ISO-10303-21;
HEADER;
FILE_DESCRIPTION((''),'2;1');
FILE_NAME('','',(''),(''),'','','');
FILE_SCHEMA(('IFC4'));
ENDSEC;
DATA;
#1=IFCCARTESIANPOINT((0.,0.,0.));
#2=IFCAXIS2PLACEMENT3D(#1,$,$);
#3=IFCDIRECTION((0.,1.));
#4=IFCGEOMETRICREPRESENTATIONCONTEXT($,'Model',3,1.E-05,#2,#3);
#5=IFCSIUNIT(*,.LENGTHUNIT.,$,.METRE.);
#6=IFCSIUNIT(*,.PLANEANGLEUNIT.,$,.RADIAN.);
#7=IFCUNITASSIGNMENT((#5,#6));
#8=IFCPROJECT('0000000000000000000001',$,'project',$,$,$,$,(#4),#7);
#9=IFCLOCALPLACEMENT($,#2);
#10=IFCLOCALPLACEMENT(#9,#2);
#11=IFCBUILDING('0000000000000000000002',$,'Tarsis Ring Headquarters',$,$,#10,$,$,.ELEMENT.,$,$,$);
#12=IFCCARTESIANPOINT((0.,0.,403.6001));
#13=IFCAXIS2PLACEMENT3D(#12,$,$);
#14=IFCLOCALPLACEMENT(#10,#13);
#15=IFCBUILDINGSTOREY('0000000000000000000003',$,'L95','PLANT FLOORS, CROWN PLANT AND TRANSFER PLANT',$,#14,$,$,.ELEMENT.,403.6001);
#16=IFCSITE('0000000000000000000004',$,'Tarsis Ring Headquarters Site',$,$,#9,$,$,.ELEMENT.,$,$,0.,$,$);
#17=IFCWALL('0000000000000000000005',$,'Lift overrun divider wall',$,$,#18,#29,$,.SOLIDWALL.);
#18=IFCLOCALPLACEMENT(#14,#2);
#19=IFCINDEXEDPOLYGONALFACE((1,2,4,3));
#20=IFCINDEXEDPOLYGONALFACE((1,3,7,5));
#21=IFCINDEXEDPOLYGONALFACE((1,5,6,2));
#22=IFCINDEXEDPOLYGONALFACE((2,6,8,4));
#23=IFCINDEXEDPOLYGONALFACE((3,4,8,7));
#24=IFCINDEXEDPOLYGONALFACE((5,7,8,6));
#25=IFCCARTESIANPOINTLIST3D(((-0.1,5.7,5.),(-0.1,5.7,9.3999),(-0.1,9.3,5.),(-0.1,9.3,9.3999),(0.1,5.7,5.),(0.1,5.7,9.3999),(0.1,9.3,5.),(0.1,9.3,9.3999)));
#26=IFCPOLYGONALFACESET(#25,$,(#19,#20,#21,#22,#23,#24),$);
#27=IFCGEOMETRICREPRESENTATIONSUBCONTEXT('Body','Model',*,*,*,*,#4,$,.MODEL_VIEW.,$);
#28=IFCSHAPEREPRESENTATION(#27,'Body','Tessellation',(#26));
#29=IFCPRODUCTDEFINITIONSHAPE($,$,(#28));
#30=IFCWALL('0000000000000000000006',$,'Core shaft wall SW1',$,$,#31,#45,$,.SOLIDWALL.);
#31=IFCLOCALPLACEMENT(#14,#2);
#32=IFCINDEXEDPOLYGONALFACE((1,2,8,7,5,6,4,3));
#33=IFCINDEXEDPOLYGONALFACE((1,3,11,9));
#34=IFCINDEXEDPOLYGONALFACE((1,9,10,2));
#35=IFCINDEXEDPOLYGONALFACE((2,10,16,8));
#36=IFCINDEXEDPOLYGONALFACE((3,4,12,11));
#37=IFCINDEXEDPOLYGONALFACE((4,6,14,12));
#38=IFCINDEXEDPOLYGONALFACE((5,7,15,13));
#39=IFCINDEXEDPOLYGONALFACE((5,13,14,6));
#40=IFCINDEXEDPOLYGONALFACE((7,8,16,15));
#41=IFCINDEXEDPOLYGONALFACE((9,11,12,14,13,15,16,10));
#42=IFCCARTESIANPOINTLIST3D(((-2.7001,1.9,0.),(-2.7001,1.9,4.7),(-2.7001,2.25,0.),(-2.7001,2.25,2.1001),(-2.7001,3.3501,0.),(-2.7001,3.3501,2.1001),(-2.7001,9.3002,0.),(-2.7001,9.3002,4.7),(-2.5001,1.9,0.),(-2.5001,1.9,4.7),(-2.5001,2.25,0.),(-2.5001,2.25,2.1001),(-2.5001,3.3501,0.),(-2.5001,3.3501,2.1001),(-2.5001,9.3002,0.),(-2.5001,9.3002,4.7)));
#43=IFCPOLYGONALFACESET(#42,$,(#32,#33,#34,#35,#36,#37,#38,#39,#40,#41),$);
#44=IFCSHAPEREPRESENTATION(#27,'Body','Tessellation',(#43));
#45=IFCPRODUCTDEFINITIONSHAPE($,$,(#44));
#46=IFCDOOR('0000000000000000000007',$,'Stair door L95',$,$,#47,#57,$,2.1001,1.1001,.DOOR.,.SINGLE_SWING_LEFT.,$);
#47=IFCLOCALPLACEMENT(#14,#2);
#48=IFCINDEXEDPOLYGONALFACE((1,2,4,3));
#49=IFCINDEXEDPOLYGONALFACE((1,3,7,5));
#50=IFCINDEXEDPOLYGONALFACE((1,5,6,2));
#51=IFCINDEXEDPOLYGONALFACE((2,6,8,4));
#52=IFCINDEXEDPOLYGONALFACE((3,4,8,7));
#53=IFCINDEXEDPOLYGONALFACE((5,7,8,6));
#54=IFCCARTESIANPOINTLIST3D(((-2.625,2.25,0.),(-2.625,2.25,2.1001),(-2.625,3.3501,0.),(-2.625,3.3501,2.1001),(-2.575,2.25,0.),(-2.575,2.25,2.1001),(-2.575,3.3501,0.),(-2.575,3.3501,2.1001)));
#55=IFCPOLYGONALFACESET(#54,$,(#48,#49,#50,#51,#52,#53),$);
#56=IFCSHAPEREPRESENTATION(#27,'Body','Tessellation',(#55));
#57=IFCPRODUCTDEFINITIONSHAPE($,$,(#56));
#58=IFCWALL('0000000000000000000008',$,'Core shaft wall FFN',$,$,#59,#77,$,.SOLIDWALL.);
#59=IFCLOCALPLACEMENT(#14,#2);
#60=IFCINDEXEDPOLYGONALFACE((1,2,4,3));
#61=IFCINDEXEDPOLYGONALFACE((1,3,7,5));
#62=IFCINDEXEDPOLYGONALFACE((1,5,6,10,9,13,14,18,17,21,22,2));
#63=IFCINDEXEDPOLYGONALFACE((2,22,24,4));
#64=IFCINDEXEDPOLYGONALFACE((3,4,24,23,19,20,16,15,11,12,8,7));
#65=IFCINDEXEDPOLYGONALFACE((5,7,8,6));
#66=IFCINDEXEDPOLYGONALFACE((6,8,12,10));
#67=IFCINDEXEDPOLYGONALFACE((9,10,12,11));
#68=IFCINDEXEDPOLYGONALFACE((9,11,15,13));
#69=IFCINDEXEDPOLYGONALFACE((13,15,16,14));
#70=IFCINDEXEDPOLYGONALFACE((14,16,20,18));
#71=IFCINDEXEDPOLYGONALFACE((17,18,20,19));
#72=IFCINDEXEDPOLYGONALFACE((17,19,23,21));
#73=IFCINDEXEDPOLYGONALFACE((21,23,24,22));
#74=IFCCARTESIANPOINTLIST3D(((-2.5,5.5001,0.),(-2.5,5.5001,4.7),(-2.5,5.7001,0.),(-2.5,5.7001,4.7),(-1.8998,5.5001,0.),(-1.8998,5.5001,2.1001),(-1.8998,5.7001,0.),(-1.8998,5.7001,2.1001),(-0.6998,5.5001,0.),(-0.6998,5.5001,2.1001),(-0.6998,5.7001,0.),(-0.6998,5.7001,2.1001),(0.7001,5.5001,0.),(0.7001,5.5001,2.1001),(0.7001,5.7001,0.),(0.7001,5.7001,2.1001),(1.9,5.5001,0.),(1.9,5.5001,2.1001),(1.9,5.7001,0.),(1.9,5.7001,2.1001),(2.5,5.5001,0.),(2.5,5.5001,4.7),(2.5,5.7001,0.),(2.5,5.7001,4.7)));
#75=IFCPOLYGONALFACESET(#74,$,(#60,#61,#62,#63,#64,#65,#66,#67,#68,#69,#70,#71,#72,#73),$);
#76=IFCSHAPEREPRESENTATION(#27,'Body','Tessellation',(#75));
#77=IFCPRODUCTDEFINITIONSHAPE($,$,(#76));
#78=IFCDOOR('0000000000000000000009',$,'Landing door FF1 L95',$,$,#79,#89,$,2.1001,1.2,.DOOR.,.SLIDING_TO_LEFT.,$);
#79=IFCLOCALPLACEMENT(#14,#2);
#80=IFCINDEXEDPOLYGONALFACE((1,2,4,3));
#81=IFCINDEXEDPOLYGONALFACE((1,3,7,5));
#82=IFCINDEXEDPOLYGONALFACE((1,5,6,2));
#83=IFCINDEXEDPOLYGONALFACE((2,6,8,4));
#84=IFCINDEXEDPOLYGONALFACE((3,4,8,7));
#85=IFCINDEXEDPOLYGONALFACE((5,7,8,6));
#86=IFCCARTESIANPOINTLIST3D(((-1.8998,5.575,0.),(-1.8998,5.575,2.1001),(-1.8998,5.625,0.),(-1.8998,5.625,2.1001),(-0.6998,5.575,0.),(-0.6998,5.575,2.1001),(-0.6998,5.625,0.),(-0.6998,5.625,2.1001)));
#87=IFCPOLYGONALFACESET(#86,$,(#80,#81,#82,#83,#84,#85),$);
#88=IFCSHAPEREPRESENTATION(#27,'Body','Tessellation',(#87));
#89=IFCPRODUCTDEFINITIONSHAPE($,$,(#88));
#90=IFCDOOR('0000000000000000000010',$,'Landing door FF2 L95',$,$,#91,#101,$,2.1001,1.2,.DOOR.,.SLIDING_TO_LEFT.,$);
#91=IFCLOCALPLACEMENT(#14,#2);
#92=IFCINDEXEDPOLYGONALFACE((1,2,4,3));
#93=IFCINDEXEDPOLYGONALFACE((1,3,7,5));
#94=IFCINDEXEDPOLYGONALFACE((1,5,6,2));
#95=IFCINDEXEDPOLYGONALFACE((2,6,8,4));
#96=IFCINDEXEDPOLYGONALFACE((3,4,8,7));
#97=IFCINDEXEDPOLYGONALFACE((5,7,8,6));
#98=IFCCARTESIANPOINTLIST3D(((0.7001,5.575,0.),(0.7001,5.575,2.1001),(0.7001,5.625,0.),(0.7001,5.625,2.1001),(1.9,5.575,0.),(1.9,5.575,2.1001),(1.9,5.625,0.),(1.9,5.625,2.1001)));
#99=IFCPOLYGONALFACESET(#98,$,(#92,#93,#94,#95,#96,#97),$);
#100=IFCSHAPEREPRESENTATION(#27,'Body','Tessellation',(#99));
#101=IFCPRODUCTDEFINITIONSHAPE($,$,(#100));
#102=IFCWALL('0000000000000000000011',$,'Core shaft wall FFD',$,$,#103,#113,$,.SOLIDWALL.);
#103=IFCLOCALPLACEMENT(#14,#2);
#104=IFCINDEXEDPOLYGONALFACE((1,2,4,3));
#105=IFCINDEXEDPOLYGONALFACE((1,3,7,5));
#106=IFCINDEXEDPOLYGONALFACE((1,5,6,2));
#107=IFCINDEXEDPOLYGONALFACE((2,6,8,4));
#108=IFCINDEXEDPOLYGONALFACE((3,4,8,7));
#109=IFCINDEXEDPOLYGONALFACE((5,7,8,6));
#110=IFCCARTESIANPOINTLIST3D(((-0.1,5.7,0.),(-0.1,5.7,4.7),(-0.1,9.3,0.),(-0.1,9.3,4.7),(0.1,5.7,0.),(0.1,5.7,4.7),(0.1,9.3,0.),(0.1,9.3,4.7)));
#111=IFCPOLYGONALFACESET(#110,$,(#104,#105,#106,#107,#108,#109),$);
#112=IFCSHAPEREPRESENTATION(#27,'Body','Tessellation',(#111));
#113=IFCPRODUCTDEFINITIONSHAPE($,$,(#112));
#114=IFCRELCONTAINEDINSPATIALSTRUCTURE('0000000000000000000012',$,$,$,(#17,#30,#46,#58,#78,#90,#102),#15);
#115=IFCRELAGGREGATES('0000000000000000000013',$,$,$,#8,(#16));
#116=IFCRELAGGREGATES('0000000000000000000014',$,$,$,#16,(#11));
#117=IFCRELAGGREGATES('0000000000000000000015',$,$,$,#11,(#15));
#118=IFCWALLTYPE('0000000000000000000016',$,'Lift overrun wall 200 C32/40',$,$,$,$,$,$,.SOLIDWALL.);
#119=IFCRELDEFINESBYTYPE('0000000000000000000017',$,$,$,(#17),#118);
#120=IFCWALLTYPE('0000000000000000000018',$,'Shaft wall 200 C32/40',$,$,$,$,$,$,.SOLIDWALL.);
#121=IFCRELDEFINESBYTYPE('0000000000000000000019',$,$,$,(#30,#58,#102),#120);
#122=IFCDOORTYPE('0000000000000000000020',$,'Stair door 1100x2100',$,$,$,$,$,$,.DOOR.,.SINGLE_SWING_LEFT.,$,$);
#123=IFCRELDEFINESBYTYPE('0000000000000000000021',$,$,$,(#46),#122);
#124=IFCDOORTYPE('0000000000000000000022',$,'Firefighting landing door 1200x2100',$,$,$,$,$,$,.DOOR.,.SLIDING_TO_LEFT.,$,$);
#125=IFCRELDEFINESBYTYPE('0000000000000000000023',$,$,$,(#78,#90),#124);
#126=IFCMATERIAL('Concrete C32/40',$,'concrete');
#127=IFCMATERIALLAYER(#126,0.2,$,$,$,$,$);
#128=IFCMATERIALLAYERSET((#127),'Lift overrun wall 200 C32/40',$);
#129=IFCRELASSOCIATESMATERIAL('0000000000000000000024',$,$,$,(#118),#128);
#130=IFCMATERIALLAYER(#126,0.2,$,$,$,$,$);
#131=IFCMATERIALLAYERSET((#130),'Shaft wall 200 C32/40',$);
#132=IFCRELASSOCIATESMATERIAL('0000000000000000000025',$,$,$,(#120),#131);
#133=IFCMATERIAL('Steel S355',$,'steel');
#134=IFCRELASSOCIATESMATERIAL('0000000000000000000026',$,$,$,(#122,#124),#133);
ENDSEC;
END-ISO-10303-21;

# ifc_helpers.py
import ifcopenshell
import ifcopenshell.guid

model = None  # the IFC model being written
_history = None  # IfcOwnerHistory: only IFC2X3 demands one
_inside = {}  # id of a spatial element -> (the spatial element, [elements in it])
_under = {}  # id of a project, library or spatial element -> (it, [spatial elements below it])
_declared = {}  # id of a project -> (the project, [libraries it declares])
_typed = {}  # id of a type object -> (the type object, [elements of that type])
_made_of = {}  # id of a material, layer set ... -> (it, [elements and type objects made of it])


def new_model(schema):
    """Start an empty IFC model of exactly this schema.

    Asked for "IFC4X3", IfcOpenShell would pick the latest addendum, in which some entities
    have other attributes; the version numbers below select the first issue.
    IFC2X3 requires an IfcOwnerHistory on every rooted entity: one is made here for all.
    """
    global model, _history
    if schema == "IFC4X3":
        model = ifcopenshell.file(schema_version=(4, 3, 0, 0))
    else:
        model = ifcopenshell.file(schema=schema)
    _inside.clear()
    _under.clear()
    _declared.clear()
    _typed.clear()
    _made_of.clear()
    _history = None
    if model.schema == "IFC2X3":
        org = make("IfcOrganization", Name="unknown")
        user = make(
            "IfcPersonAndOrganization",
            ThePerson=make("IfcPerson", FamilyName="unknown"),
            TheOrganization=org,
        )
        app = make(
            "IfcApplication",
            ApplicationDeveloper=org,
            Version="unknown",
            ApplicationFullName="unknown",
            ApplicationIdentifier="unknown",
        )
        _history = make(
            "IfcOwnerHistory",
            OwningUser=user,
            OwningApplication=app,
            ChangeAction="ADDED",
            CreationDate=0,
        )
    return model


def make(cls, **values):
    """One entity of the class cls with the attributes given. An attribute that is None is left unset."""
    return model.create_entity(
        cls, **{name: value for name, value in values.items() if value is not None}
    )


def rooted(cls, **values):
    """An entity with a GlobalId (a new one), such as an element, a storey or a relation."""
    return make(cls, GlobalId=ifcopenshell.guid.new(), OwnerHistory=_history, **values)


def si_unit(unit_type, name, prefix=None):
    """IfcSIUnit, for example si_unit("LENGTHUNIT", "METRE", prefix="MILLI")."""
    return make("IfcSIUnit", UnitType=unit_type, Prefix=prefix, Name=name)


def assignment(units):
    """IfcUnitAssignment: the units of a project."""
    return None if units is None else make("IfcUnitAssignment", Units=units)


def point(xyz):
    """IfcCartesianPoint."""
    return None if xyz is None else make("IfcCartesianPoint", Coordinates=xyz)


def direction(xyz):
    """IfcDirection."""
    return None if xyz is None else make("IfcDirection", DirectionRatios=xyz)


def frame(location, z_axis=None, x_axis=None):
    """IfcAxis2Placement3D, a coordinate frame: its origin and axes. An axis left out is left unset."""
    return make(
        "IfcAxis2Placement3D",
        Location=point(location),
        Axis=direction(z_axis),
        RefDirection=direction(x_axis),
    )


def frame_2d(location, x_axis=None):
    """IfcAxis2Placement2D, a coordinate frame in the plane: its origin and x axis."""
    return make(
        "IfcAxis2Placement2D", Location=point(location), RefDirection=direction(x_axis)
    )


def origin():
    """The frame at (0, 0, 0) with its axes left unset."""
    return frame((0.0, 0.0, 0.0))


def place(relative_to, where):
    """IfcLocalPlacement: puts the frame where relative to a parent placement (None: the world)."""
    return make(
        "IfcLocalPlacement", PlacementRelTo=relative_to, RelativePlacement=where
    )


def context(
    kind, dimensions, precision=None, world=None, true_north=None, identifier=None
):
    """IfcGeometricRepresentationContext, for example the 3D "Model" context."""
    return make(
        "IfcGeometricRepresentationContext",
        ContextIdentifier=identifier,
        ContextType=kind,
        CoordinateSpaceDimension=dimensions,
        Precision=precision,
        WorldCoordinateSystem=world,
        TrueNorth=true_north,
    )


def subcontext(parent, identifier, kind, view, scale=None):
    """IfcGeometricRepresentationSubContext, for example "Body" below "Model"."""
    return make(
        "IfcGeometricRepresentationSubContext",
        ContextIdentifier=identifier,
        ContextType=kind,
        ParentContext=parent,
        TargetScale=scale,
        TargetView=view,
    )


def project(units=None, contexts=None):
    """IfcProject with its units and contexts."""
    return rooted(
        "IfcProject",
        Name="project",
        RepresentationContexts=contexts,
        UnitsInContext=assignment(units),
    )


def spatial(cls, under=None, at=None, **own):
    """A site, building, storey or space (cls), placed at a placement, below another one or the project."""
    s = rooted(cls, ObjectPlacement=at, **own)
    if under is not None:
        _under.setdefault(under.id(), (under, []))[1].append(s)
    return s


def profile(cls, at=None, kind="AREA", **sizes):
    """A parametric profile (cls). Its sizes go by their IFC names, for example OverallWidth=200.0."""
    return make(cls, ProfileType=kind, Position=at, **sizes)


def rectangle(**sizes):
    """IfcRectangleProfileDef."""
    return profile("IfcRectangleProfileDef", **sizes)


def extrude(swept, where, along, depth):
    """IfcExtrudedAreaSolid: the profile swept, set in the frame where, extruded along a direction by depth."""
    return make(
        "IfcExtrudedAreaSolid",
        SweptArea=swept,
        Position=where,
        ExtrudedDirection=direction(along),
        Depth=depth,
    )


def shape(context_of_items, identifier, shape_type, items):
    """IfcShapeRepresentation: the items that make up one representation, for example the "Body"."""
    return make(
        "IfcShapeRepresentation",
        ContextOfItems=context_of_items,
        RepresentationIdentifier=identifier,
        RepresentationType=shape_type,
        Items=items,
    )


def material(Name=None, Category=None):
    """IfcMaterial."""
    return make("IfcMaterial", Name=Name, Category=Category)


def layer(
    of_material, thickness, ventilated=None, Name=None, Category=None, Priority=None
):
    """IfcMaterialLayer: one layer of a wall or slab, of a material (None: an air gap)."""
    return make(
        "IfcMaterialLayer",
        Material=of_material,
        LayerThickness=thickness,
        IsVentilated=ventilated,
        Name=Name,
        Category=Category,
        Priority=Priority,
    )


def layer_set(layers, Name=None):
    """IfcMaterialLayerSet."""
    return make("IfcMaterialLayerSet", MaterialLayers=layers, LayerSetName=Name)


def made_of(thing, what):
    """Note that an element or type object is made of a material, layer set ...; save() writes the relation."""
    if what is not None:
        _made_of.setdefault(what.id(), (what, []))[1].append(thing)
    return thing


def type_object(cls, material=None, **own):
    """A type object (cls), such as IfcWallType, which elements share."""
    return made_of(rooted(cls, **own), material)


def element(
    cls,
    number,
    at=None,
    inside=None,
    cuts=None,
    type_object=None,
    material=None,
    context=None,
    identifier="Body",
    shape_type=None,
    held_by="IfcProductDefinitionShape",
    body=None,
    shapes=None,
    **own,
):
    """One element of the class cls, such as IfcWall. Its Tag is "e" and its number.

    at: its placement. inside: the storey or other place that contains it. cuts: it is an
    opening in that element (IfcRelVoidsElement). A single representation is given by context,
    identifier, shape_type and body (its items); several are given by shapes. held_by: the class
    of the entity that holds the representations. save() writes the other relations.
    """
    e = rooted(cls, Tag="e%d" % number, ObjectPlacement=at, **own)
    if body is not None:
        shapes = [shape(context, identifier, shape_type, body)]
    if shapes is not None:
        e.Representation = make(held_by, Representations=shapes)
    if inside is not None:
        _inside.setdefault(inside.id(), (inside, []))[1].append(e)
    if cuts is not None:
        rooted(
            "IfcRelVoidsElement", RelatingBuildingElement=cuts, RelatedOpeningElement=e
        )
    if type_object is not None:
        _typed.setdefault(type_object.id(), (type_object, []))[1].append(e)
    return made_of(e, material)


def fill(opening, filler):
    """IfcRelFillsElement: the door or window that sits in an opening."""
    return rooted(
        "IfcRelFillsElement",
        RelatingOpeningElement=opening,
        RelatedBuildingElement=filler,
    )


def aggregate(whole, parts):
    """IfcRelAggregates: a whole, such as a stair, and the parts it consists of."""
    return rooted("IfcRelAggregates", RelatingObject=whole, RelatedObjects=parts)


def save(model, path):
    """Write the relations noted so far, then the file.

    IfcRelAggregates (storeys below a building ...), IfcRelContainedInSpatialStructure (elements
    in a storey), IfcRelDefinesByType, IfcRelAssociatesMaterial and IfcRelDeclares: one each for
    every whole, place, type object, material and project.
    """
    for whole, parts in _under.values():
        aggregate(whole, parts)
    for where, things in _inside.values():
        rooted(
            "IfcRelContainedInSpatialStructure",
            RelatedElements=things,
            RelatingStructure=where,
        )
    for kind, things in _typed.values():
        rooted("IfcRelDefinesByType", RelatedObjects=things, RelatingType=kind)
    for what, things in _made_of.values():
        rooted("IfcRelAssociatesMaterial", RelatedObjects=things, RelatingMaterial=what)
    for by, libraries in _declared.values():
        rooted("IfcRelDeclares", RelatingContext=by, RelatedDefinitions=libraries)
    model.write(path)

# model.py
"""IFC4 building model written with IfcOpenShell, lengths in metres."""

from ifc_helpers import new_model, si_unit, direction, frame, frame_2d, origin, place, context, subcontext, project, spatial, rectangle, extrude, material, layer, layer_set, type_object, element, fill, save


model = new_model("IFC4")

# Units and contexts
model_context = context("Model", 3, precision=1e-05, world=origin(), true_north=direction((0.0, 1.0)))
body_context = subcontext(model_context, "Body", "Model", "MODEL_VIEW")
ifc_project = project(units=[si_unit("LENGTHUNIT", "METRE"), si_unit("PLANEANGLEUNIT", "RADIAN")], contexts=[model_context])

# Site, building, storey
site_placement = place(None, origin())
site = spatial("IfcSite", under=ifc_project, at=site_placement, Name="Tarsis Ring Headquarters Site", CompositionType="ELEMENT", RefElevation=0.0)
building_placement = place(site_placement, origin())
building = spatial("IfcBuilding", under=site, at=building_placement, Name="Tarsis Ring Headquarters", CompositionType="ELEMENT")
storey_placement = place(building_placement, frame((0.0, 0.0, 403.6001)))
storey = spatial("IfcBuildingStorey", under=building, at=storey_placement, Name="L95", Description="PLANT FLOORS, CROWN PLANT AND TRANSFER PLANT", CompositionType="ELEMENT", Elevation=403.6001)

# Shared definitions
ifc_material_1 = material(Name="Concrete C32/40", Category="concrete")

# Wall
ifc_layer_1 = layer(ifc_material_1, 0.2)
ifc_layer_set_1 = layer_set([ifc_layer_1], Name="Lift overrun wall 200 C32/40")
wall_type_1 = type_object("IfcWallType", Name="Lift overrun wall 200 C32/40", PredefinedType="SOLIDWALL", material=ifc_layer_set_1)
for number, where, z_axis, x_axis, name in (
    (1, (0.0, 5.7, 5.0), (0.0, 0.0, 1.0), (0.0, 1.0, 0.0), "Lift overrun divider wall"),
):
    element("IfcWall", number, at=place(storey_placement, frame(where, z_axis=z_axis, x_axis=x_axis)), inside=storey, type_object=wall_type_1, Name=name, PredefinedType="SOLIDWALL", context=body_context, shape_type="SweptSolid", body=[
        extrude(rectangle(XDim=3.6001, YDim=0.2, at=frame_2d((1.8, 0.0))), origin(), (0.0, 0.0, 1.0), 4.3999),
    ])

# Wall, opening, door
ifc_layer_2 = layer(ifc_material_1, 0.2)
ifc_layer_set_2 = layer_set([ifc_layer_2], Name="Shaft wall 200 C32/40")
wall_type_2 = type_object("IfcWallType", Name="Shaft wall 200 C32/40", PredefinedType="SOLIDWALL", material=ifc_layer_set_2)
wall_1_placement = place(storey_placement, frame((-2.6001, 1.8999, 0.0), z_axis=(0.0, 0.0, 1.0), x_axis=(0.0, 1.0, 0.0)))
wall_1 = element("IfcWall", 2, at=wall_1_placement, inside=storey, type_object=wall_type_2, Name="Core shaft wall SW1", PredefinedType="SOLIDWALL", context=body_context, shape_type="SweptSolid", body=[
    extrude(rectangle(XDim=7.4001, YDim=0.2, at=frame_2d((3.7002, 0.0))), origin(), (0.0, 0.0, 1.0), 4.7),
])
opening_1_placement = place(wall_1_placement, frame((0.3501, 0.0, 0.0)))
opening_1 = element("IfcOpeningElement", 3, at=opening_1_placement, cuts=wall_1, PredefinedType="OPENING", context=body_context, shape_type="SweptSolid", body=[
    extrude(rectangle(XDim=1.1001, YDim=2.1001, at=frame_2d((0.55, 1.05))), frame((0.0, 0.1099, 0.0), z_axis=(0.0, -1.0, 0.0), x_axis=(1.0, 0.0, 0.0)), (0.0, 0.0, 1.0), 0.22),
])
ifc_material_2 = material(Name="Steel S355", Category="steel")
door_type_1 = type_object("IfcDoorType", Name="Stair door 1100x2100", OperationType="SINGLE_SWING_LEFT", PredefinedType="DOOR", material=ifc_material_2)
door_1_placement = place(opening_1_placement, origin())
door_1 = element("IfcDoor", 4, at=door_1_placement, inside=storey, type_object=door_type_1, Name="Stair door L95", OperationType="SINGLE_SWING_LEFT", OverallHeight=2.1001, OverallWidth=1.1001, PredefinedType="DOOR", context=body_context, shape_type="SweptSolid", body=[
    extrude(rectangle(XDim=1.1001, YDim=2.1001, at=frame_2d((0.55, 1.05))), frame((0.0, 0.0249, 0.0), z_axis=(0.0, -1.0, 0.0), x_axis=(1.0, 0.0, 0.0)), (0.0, 0.0, 1.0), 0.05),
])
fill(opening_1, door_1)

# Wall, openings, doors
wall_2_placement = place(storey_placement, frame((-2.5, 5.6001, 0.0), z_axis=(0.0, 0.0, 1.0), x_axis=(1.0, 0.0, 0.0)))
wall_2 = element("IfcWall", 5, at=wall_2_placement, inside=storey, type_object=wall_type_2, Name="Core shaft wall FFN", PredefinedType="SOLIDWALL", context=body_context, shape_type="SweptSolid", body=[
    extrude(rectangle(XDim=5.0, YDim=0.2, at=frame_2d((2.5, 0.0))), origin(), (0.0, 0.0, 1.0), 4.7),
])
opening_2_placement = place(wall_2_placement, frame((0.6001, 0.0, 0.0)))
opening_2 = element("IfcOpeningElement", 6, at=opening_2_placement, cuts=wall_2, PredefinedType="OPENING", context=body_context, shape_type="SweptSolid", body=[
    extrude(rectangle(XDim=1.2, YDim=2.1001, at=frame_2d((0.6001, 1.05))), frame((0.0, 0.1099, 0.0), z_axis=(0.0, -1.0, 0.0), x_axis=(1.0, 0.0, 0.0)), (0.0, 0.0, 1.0), 0.22),
])
opening_3_placement = place(wall_2_placement, frame((3.2, 0.0, 0.0)))
opening_3 = element("IfcOpeningElement", 7, at=opening_3_placement, cuts=wall_2, PredefinedType="OPENING", context=body_context, shape_type="SweptSolid", body=[
    extrude(rectangle(XDim=1.2, YDim=2.1001, at=frame_2d((0.6001, 1.05))), frame((0.0, 0.1099, 0.0), z_axis=(0.0, -1.0, 0.0), x_axis=(1.0, 0.0, 0.0)), (0.0, 0.0, 1.0), 0.22),
])
door_type_2 = type_object("IfcDoorType", Name="Firefighting landing door 1200x2100", OperationType="SLIDING_TO_LEFT", PredefinedType="DOOR", material=ifc_material_2)
door_2_placement = place(opening_2_placement, origin())
door_2 = element("IfcDoor", 8, at=door_2_placement, inside=storey, type_object=door_type_2, Name="Landing door FF1 L95", OperationType="SLIDING_TO_LEFT", OverallHeight=2.1001, OverallWidth=1.2, PredefinedType="DOOR", context=body_context, shape_type="SweptSolid", body=[
    extrude(rectangle(XDim=1.2, YDim=2.1001, at=frame_2d((0.6001, 1.05))), frame((0.0, 0.0249, 0.0), z_axis=(0.0, -1.0, 0.0), x_axis=(1.0, 0.0, 0.0)), (0.0, 0.0, 1.0), 0.05),
])
fill(opening_2, door_2)
door_3_placement = place(opening_3_placement, origin())
door_3 = element("IfcDoor", 9, at=door_3_placement, inside=storey, type_object=door_type_2, Name="Landing door FF2 L95", OperationType="SLIDING_TO_LEFT", OverallHeight=2.1001, OverallWidth=1.2, PredefinedType="DOOR", context=body_context, shape_type="SweptSolid", body=[
    extrude(rectangle(XDim=1.2, YDim=2.1001, at=frame_2d((0.6001, 1.05))), frame((0.0, 0.0249, 0.0), z_axis=(0.0, -1.0, 0.0), x_axis=(1.0, 0.0, 0.0)), (0.0, 0.0, 1.0), 0.05),
])
fill(opening_3, door_3)

# Wall
wall_3_placement = place(storey_placement, frame((0.0, 5.7, 0.0), z_axis=(0.0, 0.0, 1.0), x_axis=(0.0, 1.0, 0.0)))
element("IfcWall", 10, at=wall_3_placement, inside=storey, type_object=wall_type_2, Name="Core shaft wall FFD", PredefinedType="SOLIDWALL", context=body_context, shape_type="SweptSolid", body=[
    extrude(rectangle(XDim=3.6001, YDim=0.2, at=frame_2d((1.8, 0.0))), origin(), (0.0, 0.0, 1.0), 4.7),
])

save(model, "model.ifc")
